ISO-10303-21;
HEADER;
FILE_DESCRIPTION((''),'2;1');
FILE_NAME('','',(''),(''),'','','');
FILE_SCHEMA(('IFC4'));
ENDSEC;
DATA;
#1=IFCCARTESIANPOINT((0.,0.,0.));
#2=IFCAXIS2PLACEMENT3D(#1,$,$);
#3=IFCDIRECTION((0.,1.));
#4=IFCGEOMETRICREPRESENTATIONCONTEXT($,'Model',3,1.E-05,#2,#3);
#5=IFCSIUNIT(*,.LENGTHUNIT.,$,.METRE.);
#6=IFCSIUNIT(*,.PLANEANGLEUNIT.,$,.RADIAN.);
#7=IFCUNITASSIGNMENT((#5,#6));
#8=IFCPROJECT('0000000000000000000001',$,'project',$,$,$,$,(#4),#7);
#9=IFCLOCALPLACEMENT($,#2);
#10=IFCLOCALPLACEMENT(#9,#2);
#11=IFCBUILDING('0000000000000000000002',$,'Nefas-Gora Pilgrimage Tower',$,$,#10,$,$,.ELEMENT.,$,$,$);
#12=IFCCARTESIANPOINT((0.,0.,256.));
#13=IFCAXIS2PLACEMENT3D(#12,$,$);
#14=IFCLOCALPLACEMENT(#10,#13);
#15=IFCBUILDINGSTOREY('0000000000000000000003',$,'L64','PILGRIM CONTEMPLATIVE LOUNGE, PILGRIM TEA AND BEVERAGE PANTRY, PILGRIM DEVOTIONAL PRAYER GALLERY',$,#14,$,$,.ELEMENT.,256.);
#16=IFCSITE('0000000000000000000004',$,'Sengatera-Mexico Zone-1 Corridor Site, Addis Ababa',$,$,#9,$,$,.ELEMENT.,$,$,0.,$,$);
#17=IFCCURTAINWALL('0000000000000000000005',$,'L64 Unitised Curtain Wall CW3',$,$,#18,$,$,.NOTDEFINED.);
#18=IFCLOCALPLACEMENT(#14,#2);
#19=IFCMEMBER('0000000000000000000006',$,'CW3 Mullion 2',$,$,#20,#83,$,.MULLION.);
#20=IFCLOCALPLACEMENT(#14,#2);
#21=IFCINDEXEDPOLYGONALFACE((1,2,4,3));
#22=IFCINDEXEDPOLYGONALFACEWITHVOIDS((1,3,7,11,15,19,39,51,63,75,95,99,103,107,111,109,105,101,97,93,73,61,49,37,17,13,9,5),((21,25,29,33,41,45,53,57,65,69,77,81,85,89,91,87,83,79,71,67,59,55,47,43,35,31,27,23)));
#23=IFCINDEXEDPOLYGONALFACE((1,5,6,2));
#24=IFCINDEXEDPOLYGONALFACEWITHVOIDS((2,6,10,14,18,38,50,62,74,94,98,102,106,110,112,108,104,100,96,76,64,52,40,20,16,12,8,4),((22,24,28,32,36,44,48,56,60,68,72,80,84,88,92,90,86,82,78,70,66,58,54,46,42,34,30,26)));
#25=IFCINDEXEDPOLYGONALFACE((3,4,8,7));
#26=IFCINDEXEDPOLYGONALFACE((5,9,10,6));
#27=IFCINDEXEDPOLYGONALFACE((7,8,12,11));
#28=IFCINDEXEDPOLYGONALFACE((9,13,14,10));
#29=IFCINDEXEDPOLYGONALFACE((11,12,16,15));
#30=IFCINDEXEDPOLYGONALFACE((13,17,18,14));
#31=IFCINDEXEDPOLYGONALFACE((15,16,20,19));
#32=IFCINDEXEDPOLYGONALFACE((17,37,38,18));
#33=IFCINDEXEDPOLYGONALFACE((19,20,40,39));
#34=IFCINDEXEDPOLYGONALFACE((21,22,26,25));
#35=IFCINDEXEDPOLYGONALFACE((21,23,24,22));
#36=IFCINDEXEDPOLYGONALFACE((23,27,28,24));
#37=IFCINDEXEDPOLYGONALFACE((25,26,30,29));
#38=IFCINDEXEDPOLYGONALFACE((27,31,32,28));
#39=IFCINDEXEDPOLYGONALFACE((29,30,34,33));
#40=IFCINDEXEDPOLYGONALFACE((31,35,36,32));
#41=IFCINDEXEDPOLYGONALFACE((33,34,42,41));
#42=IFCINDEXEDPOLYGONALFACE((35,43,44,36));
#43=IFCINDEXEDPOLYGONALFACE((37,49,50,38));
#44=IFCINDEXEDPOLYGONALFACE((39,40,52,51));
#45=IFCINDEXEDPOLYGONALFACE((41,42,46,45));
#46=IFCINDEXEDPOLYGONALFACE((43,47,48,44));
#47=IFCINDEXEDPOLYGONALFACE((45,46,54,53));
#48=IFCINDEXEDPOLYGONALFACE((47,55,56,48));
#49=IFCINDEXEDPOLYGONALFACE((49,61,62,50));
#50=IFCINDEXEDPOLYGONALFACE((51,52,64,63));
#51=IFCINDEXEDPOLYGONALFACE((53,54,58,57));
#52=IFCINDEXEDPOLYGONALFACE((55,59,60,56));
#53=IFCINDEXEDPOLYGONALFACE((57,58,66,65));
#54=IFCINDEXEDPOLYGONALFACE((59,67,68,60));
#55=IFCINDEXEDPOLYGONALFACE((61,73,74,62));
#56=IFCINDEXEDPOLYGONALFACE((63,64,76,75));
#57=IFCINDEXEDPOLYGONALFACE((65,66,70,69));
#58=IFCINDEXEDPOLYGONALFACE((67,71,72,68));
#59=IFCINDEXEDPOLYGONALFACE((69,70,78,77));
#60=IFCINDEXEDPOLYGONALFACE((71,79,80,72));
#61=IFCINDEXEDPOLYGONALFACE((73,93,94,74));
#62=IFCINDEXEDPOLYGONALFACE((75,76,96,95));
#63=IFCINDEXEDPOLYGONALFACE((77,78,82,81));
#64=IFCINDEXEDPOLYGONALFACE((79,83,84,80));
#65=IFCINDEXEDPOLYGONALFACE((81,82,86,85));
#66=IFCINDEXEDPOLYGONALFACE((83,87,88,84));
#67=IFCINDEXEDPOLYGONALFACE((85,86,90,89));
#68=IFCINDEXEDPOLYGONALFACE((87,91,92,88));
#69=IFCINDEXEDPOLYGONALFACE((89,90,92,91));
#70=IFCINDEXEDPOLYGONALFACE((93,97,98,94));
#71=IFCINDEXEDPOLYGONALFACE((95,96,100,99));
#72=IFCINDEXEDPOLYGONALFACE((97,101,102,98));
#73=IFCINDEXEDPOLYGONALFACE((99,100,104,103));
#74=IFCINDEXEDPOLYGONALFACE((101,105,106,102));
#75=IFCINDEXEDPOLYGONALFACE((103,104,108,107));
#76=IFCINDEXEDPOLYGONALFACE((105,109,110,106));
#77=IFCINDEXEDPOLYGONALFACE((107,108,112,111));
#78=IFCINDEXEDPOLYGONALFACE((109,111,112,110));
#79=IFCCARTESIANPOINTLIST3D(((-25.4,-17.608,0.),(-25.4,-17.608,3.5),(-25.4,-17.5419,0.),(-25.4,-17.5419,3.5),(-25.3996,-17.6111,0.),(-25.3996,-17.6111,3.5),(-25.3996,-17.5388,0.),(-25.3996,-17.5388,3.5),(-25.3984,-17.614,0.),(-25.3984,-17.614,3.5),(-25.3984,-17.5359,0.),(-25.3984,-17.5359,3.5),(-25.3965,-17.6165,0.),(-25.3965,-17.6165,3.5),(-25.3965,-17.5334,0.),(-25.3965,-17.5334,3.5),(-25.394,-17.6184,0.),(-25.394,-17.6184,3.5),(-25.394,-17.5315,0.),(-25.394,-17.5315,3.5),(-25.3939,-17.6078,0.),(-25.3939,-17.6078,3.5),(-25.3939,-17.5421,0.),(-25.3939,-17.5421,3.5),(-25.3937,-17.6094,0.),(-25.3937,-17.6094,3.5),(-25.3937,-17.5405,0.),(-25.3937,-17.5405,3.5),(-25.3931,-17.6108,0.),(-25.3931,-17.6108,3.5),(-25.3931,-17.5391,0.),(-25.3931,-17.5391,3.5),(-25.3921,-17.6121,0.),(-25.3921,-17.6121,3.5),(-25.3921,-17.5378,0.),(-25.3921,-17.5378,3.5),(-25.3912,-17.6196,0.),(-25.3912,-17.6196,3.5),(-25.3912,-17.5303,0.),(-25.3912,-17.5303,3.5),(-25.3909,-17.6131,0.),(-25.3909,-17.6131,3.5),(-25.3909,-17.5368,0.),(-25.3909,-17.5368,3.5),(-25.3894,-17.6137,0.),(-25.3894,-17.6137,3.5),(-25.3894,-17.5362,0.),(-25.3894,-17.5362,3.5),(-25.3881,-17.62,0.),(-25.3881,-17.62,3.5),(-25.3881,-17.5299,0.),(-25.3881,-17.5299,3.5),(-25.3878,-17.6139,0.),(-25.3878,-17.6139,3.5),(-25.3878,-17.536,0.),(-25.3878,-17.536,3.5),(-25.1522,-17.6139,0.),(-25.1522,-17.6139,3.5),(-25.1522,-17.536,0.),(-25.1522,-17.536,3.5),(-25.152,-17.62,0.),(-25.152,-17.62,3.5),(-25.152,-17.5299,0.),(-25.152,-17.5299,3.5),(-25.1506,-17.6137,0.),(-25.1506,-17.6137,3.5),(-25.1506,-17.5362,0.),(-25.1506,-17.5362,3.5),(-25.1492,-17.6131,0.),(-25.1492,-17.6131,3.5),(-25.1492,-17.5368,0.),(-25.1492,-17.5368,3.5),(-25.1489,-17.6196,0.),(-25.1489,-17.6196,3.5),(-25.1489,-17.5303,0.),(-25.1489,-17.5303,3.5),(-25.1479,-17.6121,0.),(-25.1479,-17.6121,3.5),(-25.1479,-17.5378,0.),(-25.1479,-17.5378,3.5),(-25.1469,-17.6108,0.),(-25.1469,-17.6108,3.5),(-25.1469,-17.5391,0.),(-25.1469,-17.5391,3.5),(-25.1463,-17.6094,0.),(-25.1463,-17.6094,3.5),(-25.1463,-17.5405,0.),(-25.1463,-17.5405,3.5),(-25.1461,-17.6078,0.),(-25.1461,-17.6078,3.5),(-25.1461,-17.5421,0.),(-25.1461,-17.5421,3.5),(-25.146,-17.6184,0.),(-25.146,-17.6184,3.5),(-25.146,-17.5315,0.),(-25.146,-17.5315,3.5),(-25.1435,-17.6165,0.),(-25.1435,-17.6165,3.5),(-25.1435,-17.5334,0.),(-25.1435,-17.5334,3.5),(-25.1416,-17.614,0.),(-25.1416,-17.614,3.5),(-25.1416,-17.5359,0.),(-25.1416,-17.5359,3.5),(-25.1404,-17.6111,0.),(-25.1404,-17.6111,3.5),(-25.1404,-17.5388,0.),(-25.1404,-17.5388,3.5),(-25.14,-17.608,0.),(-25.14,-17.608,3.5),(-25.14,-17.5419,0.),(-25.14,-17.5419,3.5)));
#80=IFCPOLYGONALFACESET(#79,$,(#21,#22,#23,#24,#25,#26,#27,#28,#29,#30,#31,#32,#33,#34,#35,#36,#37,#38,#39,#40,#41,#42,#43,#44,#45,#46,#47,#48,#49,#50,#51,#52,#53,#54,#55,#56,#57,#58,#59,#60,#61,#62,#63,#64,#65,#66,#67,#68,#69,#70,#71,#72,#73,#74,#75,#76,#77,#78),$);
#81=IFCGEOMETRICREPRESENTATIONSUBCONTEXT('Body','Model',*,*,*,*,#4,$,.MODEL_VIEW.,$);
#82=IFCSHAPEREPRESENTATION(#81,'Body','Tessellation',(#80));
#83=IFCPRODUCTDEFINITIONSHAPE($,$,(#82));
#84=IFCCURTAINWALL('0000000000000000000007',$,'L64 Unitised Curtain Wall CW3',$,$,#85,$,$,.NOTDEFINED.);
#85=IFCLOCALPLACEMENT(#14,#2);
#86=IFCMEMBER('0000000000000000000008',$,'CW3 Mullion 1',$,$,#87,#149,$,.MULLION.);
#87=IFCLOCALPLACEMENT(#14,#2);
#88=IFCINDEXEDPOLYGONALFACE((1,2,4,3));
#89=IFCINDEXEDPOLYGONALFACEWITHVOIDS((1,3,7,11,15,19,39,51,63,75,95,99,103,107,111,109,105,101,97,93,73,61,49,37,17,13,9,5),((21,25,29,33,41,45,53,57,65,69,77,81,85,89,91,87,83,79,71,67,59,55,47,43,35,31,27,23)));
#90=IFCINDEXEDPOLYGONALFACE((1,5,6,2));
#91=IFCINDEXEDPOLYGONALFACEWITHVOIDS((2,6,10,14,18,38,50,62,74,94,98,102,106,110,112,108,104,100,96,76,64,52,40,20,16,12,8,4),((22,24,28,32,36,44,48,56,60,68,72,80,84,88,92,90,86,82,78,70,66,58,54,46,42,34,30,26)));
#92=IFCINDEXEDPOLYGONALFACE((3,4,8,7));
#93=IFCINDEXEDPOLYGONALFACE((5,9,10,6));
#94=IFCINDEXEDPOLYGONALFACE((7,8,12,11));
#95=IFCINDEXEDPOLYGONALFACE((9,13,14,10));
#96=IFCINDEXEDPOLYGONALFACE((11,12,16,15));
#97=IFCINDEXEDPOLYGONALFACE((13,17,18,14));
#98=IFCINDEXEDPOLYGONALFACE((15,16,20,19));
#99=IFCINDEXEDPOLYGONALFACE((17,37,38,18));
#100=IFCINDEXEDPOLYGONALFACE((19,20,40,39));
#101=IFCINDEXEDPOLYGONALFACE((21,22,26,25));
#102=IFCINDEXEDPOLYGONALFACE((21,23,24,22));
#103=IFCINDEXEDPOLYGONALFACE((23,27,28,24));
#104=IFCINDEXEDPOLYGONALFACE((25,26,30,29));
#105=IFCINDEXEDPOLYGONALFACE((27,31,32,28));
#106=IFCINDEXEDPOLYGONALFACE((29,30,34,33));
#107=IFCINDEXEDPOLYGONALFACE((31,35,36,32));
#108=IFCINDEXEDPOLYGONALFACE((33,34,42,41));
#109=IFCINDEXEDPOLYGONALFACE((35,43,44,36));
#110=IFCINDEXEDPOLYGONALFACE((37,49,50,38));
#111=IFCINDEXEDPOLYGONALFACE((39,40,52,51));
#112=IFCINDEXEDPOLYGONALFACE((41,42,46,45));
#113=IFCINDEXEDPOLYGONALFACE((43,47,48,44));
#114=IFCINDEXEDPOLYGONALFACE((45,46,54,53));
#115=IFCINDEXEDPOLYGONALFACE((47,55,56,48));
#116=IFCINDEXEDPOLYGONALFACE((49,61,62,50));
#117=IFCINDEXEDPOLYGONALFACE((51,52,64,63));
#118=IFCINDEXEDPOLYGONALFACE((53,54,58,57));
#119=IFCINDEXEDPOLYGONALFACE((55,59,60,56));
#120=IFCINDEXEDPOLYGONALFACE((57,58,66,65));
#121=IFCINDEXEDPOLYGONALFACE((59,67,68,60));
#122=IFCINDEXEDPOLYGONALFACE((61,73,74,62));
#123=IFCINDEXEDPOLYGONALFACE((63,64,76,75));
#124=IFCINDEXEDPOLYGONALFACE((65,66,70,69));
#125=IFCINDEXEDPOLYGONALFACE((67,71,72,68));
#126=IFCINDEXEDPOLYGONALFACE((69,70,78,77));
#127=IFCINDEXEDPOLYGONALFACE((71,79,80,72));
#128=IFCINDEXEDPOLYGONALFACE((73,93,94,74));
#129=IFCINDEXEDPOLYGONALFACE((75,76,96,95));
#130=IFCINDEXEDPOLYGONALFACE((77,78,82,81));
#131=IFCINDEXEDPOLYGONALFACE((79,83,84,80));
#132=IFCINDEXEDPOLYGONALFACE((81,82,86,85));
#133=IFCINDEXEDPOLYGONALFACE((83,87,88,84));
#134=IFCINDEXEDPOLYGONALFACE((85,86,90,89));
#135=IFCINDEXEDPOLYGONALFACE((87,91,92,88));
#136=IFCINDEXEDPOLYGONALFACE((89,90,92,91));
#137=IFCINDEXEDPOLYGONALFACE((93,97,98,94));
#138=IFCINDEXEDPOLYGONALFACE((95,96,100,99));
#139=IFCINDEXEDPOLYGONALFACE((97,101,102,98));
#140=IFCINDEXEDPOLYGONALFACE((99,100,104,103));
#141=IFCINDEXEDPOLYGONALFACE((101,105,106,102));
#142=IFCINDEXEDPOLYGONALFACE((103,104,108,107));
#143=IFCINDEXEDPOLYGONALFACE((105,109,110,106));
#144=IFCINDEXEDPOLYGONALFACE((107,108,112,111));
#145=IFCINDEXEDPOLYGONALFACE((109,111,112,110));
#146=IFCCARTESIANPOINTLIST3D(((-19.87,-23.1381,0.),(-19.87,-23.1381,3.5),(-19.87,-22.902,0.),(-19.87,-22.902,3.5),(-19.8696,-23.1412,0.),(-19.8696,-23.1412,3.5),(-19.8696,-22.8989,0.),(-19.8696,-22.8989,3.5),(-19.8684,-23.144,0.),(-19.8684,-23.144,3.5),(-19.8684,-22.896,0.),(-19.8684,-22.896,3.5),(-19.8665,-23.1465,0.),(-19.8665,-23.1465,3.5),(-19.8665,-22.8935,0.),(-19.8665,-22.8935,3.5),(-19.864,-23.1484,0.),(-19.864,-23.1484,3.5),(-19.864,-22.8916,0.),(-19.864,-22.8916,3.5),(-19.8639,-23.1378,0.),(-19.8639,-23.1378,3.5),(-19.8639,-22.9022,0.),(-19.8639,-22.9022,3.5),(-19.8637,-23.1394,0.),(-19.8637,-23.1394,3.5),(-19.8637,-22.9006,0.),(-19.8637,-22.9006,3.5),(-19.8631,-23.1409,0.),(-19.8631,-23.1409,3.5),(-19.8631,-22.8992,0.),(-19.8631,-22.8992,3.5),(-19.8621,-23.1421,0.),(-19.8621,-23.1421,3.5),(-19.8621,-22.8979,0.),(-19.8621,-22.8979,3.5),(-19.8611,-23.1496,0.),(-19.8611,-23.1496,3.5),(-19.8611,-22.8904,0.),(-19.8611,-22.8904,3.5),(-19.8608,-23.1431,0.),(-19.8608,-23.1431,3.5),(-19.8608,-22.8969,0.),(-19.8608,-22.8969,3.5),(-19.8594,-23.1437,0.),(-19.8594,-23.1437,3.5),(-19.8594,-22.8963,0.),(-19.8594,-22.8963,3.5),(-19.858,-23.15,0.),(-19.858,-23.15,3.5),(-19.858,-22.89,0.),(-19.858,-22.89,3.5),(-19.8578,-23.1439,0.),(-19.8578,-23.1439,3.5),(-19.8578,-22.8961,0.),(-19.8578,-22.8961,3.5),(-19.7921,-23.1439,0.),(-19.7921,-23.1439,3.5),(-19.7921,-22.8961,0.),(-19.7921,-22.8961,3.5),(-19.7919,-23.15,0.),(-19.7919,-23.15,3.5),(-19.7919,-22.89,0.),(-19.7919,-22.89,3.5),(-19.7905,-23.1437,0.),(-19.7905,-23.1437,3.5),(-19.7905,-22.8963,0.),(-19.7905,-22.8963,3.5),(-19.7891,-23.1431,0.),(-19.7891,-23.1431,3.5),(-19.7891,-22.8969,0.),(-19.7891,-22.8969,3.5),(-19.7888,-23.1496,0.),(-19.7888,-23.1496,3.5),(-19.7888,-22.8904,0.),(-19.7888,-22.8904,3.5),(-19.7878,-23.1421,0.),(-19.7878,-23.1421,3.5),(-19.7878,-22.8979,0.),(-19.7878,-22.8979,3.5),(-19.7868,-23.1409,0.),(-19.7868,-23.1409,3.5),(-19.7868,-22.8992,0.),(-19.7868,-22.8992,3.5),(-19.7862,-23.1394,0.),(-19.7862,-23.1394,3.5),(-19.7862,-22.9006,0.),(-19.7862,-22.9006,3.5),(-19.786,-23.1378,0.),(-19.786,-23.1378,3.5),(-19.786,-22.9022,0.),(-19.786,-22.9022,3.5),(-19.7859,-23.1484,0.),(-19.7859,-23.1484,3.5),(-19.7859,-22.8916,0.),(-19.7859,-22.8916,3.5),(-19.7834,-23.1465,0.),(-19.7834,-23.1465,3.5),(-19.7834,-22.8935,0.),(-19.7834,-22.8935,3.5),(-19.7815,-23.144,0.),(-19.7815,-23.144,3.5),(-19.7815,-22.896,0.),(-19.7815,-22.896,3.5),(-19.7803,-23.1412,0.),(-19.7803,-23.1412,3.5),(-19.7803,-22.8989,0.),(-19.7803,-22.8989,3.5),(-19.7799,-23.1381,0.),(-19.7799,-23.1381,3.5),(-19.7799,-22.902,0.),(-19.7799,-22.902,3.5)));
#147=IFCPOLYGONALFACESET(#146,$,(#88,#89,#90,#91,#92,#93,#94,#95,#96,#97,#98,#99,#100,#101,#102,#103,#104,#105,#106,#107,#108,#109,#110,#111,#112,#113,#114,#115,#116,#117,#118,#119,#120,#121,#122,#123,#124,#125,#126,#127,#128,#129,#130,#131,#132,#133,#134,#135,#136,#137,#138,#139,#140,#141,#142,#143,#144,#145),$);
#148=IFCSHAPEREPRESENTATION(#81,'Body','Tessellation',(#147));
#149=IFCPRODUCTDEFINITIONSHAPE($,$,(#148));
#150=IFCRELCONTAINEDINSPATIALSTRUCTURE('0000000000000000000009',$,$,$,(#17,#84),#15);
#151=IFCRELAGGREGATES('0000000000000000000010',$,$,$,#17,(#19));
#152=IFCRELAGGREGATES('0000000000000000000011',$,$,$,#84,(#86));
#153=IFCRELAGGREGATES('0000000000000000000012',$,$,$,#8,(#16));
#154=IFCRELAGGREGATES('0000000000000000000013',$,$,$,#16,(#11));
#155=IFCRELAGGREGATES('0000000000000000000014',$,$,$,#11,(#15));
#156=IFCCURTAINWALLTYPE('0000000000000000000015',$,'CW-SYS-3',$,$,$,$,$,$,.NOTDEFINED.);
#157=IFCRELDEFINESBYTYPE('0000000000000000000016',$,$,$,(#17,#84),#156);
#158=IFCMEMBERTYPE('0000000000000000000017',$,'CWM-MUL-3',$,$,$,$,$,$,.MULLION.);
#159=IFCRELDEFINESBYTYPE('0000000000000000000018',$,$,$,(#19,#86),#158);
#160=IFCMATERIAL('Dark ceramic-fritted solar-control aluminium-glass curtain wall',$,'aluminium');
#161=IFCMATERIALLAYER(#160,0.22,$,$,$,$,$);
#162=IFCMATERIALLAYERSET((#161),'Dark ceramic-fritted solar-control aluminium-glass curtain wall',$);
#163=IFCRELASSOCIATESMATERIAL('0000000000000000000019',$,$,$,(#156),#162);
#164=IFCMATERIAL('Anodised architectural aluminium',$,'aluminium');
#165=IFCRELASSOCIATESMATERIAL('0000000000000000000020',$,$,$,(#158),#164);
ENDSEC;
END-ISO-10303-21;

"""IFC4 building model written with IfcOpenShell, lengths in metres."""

from ifc_helpers import new_model, si_unit, direction, frame, origin, origin_2d, place, context, subcontext, project, spatial, hollow_rectangle, extrude, source, transform, mapped, material, layer, layer_set, material_profile, profile_set, type_object, element, aggregate, save


model = new_model("IFC4")

# Units and contexts
model_context = context("Model", 3, precision=1e-05, world=origin(), true_north=direction((0.0, 1.0)))
body_context = subcontext(model_context, "Body", "Model", "MODEL_VIEW")
ifc_project = project(units=[si_unit("LENGTHUNIT", "METRE"), si_unit("PLANEANGLEUNIT", "RADIAN")], contexts=[model_context])

# Site, building, storey
site_placement = place(None, origin())
site = spatial("IfcSite", under=ifc_project, at=site_placement, Name="Sengatera-Mexico Zone-1 Corridor Site, Addis Ababa", CompositionType="ELEMENT", RefElevation=0.0)
building_placement = place(site_placement, origin())
building = spatial("IfcBuilding", under=site, at=building_placement, Name="Nefas-Gora Pilgrimage Tower", CompositionType="ELEMENT")
storey_placement = place(building_placement, frame((0.0, 0.0, 256.0)))
storey = spatial("IfcBuildingStorey", under=building, at=storey_placement, Name="L64", Description="PILGRIM CONTEMPLATIVE LOUNGE, PILGRIM TEA AND BEVERAGE PANTRY, PILGRIM DEVOTIONAL PRAYER GALLERY", CompositionType="ELEMENT", Elevation=256.0)

# Shared definitions
ifc_material_1 = material(Name="Dark ceramic-fritted solar-control aluminium-glass curtain wall", Category="aluminium")
ifc_material_2 = material(Name="Anodised architectural aluminium", Category="aluminium")

# Curtain wall, member
ifc_layer_1 = layer(ifc_material_1, 0.22)
ifc_layer_set_1 = layer_set([ifc_layer_1], Name="Dark ceramic-fritted solar-control aluminium-glass curtain wall")
curtain_wall_type_1 = type_object("IfcCurtainWallType", Name="CW-SYS-3", PredefinedType="NOTDEFINED", material=ifc_layer_set_1)
curtain_wall_1_placement = place(storey_placement, origin())
curtain_wall_1 = element("IfcCurtainWall", 1, at=curtain_wall_1_placement, inside=storey, type_object=curtain_wall_type_1, Name="L64 Unitised Curtain Wall CW3", PredefinedType="NOTDEFINED")
ifc_material_profile_1 = material_profile(ifc_material_2, hollow_rectangle(XDim=0.0901, YDim=0.26, WallThickness=0.0061, InnerFilletRadius=0.0061, OuterFilletRadius=0.012, at=origin_2d()), Name="ALU MULLION 90x260")
ifc_profile_set_1 = profile_set([ifc_material_profile_1], Name="Anodised architectural aluminium")
member_type_1 = type_object("IfcMemberType", Name="CWM-MUL-3", PredefinedType="MULLION", material=ifc_profile_set_1)
shared_shape_1 = source(origin(), body_context, "Body", "SweptSolid", [
    extrude(hollow_rectangle(XDim=0.0901, YDim=0.26, WallThickness=0.0061, InnerFilletRadius=0.0061, OuterFilletRadius=0.012, at=origin_2d()), origin(), (0.0, 0.0, 1.0), 3.5),
])
member_1_placement = place(storey_placement, frame((-25.27, -17.575, 0.0), z_axis=(0.0, 0.0, 1.0), x_axis=(0.0, -1.0, 0.0)))
member_1 = element("IfcMember", 2, at=member_1_placement, type_object=member_type_1, Name="CW3 Mullion 2", PredefinedType="MULLION", context=body_context, shape_type="MappedRepresentation", body=[
    mapped(shared_shape_1, transform((0.0, 0.0, 0.0), x_axis=(1.0, 0.0, 0.0), y_axis=(0.0, 1.0, 0.0), z_axis=(0.0, 0.0, 1.0), scale=1.0)),
])
aggregate(curtain_wall_1, [member_1])

# Curtain wall, member
curtain_wall_2_placement = place(storey_placement, origin())
curtain_wall_2 = element("IfcCurtainWall", 3, at=curtain_wall_2_placement, inside=storey, type_object=curtain_wall_type_1, Name="L64 Unitised Curtain Wall CW3", PredefinedType="NOTDEFINED")
member_2_placement = place(storey_placement, frame((-19.825, -23.02, 0.0), z_axis=(0.0, 0.0, 1.0), x_axis=(1.0, 0.0, 0.0)))
member_2 = element("IfcMember", 4, at=member_2_placement, type_object=member_type_1, Name="CW3 Mullion 1", PredefinedType="MULLION", context=body_context, shape_type="MappedRepresentation", body=[
    mapped(shared_shape_1, transform((0.0, 0.0, 0.0), x_axis=(1.0, 0.0, 0.0), y_axis=(0.0, 1.0, 0.0), z_axis=(0.0, 0.0, 1.0), scale=1.0)),
])

aggregate(curtain_wall_2, [member_2])

save(model, "model.ifc")
